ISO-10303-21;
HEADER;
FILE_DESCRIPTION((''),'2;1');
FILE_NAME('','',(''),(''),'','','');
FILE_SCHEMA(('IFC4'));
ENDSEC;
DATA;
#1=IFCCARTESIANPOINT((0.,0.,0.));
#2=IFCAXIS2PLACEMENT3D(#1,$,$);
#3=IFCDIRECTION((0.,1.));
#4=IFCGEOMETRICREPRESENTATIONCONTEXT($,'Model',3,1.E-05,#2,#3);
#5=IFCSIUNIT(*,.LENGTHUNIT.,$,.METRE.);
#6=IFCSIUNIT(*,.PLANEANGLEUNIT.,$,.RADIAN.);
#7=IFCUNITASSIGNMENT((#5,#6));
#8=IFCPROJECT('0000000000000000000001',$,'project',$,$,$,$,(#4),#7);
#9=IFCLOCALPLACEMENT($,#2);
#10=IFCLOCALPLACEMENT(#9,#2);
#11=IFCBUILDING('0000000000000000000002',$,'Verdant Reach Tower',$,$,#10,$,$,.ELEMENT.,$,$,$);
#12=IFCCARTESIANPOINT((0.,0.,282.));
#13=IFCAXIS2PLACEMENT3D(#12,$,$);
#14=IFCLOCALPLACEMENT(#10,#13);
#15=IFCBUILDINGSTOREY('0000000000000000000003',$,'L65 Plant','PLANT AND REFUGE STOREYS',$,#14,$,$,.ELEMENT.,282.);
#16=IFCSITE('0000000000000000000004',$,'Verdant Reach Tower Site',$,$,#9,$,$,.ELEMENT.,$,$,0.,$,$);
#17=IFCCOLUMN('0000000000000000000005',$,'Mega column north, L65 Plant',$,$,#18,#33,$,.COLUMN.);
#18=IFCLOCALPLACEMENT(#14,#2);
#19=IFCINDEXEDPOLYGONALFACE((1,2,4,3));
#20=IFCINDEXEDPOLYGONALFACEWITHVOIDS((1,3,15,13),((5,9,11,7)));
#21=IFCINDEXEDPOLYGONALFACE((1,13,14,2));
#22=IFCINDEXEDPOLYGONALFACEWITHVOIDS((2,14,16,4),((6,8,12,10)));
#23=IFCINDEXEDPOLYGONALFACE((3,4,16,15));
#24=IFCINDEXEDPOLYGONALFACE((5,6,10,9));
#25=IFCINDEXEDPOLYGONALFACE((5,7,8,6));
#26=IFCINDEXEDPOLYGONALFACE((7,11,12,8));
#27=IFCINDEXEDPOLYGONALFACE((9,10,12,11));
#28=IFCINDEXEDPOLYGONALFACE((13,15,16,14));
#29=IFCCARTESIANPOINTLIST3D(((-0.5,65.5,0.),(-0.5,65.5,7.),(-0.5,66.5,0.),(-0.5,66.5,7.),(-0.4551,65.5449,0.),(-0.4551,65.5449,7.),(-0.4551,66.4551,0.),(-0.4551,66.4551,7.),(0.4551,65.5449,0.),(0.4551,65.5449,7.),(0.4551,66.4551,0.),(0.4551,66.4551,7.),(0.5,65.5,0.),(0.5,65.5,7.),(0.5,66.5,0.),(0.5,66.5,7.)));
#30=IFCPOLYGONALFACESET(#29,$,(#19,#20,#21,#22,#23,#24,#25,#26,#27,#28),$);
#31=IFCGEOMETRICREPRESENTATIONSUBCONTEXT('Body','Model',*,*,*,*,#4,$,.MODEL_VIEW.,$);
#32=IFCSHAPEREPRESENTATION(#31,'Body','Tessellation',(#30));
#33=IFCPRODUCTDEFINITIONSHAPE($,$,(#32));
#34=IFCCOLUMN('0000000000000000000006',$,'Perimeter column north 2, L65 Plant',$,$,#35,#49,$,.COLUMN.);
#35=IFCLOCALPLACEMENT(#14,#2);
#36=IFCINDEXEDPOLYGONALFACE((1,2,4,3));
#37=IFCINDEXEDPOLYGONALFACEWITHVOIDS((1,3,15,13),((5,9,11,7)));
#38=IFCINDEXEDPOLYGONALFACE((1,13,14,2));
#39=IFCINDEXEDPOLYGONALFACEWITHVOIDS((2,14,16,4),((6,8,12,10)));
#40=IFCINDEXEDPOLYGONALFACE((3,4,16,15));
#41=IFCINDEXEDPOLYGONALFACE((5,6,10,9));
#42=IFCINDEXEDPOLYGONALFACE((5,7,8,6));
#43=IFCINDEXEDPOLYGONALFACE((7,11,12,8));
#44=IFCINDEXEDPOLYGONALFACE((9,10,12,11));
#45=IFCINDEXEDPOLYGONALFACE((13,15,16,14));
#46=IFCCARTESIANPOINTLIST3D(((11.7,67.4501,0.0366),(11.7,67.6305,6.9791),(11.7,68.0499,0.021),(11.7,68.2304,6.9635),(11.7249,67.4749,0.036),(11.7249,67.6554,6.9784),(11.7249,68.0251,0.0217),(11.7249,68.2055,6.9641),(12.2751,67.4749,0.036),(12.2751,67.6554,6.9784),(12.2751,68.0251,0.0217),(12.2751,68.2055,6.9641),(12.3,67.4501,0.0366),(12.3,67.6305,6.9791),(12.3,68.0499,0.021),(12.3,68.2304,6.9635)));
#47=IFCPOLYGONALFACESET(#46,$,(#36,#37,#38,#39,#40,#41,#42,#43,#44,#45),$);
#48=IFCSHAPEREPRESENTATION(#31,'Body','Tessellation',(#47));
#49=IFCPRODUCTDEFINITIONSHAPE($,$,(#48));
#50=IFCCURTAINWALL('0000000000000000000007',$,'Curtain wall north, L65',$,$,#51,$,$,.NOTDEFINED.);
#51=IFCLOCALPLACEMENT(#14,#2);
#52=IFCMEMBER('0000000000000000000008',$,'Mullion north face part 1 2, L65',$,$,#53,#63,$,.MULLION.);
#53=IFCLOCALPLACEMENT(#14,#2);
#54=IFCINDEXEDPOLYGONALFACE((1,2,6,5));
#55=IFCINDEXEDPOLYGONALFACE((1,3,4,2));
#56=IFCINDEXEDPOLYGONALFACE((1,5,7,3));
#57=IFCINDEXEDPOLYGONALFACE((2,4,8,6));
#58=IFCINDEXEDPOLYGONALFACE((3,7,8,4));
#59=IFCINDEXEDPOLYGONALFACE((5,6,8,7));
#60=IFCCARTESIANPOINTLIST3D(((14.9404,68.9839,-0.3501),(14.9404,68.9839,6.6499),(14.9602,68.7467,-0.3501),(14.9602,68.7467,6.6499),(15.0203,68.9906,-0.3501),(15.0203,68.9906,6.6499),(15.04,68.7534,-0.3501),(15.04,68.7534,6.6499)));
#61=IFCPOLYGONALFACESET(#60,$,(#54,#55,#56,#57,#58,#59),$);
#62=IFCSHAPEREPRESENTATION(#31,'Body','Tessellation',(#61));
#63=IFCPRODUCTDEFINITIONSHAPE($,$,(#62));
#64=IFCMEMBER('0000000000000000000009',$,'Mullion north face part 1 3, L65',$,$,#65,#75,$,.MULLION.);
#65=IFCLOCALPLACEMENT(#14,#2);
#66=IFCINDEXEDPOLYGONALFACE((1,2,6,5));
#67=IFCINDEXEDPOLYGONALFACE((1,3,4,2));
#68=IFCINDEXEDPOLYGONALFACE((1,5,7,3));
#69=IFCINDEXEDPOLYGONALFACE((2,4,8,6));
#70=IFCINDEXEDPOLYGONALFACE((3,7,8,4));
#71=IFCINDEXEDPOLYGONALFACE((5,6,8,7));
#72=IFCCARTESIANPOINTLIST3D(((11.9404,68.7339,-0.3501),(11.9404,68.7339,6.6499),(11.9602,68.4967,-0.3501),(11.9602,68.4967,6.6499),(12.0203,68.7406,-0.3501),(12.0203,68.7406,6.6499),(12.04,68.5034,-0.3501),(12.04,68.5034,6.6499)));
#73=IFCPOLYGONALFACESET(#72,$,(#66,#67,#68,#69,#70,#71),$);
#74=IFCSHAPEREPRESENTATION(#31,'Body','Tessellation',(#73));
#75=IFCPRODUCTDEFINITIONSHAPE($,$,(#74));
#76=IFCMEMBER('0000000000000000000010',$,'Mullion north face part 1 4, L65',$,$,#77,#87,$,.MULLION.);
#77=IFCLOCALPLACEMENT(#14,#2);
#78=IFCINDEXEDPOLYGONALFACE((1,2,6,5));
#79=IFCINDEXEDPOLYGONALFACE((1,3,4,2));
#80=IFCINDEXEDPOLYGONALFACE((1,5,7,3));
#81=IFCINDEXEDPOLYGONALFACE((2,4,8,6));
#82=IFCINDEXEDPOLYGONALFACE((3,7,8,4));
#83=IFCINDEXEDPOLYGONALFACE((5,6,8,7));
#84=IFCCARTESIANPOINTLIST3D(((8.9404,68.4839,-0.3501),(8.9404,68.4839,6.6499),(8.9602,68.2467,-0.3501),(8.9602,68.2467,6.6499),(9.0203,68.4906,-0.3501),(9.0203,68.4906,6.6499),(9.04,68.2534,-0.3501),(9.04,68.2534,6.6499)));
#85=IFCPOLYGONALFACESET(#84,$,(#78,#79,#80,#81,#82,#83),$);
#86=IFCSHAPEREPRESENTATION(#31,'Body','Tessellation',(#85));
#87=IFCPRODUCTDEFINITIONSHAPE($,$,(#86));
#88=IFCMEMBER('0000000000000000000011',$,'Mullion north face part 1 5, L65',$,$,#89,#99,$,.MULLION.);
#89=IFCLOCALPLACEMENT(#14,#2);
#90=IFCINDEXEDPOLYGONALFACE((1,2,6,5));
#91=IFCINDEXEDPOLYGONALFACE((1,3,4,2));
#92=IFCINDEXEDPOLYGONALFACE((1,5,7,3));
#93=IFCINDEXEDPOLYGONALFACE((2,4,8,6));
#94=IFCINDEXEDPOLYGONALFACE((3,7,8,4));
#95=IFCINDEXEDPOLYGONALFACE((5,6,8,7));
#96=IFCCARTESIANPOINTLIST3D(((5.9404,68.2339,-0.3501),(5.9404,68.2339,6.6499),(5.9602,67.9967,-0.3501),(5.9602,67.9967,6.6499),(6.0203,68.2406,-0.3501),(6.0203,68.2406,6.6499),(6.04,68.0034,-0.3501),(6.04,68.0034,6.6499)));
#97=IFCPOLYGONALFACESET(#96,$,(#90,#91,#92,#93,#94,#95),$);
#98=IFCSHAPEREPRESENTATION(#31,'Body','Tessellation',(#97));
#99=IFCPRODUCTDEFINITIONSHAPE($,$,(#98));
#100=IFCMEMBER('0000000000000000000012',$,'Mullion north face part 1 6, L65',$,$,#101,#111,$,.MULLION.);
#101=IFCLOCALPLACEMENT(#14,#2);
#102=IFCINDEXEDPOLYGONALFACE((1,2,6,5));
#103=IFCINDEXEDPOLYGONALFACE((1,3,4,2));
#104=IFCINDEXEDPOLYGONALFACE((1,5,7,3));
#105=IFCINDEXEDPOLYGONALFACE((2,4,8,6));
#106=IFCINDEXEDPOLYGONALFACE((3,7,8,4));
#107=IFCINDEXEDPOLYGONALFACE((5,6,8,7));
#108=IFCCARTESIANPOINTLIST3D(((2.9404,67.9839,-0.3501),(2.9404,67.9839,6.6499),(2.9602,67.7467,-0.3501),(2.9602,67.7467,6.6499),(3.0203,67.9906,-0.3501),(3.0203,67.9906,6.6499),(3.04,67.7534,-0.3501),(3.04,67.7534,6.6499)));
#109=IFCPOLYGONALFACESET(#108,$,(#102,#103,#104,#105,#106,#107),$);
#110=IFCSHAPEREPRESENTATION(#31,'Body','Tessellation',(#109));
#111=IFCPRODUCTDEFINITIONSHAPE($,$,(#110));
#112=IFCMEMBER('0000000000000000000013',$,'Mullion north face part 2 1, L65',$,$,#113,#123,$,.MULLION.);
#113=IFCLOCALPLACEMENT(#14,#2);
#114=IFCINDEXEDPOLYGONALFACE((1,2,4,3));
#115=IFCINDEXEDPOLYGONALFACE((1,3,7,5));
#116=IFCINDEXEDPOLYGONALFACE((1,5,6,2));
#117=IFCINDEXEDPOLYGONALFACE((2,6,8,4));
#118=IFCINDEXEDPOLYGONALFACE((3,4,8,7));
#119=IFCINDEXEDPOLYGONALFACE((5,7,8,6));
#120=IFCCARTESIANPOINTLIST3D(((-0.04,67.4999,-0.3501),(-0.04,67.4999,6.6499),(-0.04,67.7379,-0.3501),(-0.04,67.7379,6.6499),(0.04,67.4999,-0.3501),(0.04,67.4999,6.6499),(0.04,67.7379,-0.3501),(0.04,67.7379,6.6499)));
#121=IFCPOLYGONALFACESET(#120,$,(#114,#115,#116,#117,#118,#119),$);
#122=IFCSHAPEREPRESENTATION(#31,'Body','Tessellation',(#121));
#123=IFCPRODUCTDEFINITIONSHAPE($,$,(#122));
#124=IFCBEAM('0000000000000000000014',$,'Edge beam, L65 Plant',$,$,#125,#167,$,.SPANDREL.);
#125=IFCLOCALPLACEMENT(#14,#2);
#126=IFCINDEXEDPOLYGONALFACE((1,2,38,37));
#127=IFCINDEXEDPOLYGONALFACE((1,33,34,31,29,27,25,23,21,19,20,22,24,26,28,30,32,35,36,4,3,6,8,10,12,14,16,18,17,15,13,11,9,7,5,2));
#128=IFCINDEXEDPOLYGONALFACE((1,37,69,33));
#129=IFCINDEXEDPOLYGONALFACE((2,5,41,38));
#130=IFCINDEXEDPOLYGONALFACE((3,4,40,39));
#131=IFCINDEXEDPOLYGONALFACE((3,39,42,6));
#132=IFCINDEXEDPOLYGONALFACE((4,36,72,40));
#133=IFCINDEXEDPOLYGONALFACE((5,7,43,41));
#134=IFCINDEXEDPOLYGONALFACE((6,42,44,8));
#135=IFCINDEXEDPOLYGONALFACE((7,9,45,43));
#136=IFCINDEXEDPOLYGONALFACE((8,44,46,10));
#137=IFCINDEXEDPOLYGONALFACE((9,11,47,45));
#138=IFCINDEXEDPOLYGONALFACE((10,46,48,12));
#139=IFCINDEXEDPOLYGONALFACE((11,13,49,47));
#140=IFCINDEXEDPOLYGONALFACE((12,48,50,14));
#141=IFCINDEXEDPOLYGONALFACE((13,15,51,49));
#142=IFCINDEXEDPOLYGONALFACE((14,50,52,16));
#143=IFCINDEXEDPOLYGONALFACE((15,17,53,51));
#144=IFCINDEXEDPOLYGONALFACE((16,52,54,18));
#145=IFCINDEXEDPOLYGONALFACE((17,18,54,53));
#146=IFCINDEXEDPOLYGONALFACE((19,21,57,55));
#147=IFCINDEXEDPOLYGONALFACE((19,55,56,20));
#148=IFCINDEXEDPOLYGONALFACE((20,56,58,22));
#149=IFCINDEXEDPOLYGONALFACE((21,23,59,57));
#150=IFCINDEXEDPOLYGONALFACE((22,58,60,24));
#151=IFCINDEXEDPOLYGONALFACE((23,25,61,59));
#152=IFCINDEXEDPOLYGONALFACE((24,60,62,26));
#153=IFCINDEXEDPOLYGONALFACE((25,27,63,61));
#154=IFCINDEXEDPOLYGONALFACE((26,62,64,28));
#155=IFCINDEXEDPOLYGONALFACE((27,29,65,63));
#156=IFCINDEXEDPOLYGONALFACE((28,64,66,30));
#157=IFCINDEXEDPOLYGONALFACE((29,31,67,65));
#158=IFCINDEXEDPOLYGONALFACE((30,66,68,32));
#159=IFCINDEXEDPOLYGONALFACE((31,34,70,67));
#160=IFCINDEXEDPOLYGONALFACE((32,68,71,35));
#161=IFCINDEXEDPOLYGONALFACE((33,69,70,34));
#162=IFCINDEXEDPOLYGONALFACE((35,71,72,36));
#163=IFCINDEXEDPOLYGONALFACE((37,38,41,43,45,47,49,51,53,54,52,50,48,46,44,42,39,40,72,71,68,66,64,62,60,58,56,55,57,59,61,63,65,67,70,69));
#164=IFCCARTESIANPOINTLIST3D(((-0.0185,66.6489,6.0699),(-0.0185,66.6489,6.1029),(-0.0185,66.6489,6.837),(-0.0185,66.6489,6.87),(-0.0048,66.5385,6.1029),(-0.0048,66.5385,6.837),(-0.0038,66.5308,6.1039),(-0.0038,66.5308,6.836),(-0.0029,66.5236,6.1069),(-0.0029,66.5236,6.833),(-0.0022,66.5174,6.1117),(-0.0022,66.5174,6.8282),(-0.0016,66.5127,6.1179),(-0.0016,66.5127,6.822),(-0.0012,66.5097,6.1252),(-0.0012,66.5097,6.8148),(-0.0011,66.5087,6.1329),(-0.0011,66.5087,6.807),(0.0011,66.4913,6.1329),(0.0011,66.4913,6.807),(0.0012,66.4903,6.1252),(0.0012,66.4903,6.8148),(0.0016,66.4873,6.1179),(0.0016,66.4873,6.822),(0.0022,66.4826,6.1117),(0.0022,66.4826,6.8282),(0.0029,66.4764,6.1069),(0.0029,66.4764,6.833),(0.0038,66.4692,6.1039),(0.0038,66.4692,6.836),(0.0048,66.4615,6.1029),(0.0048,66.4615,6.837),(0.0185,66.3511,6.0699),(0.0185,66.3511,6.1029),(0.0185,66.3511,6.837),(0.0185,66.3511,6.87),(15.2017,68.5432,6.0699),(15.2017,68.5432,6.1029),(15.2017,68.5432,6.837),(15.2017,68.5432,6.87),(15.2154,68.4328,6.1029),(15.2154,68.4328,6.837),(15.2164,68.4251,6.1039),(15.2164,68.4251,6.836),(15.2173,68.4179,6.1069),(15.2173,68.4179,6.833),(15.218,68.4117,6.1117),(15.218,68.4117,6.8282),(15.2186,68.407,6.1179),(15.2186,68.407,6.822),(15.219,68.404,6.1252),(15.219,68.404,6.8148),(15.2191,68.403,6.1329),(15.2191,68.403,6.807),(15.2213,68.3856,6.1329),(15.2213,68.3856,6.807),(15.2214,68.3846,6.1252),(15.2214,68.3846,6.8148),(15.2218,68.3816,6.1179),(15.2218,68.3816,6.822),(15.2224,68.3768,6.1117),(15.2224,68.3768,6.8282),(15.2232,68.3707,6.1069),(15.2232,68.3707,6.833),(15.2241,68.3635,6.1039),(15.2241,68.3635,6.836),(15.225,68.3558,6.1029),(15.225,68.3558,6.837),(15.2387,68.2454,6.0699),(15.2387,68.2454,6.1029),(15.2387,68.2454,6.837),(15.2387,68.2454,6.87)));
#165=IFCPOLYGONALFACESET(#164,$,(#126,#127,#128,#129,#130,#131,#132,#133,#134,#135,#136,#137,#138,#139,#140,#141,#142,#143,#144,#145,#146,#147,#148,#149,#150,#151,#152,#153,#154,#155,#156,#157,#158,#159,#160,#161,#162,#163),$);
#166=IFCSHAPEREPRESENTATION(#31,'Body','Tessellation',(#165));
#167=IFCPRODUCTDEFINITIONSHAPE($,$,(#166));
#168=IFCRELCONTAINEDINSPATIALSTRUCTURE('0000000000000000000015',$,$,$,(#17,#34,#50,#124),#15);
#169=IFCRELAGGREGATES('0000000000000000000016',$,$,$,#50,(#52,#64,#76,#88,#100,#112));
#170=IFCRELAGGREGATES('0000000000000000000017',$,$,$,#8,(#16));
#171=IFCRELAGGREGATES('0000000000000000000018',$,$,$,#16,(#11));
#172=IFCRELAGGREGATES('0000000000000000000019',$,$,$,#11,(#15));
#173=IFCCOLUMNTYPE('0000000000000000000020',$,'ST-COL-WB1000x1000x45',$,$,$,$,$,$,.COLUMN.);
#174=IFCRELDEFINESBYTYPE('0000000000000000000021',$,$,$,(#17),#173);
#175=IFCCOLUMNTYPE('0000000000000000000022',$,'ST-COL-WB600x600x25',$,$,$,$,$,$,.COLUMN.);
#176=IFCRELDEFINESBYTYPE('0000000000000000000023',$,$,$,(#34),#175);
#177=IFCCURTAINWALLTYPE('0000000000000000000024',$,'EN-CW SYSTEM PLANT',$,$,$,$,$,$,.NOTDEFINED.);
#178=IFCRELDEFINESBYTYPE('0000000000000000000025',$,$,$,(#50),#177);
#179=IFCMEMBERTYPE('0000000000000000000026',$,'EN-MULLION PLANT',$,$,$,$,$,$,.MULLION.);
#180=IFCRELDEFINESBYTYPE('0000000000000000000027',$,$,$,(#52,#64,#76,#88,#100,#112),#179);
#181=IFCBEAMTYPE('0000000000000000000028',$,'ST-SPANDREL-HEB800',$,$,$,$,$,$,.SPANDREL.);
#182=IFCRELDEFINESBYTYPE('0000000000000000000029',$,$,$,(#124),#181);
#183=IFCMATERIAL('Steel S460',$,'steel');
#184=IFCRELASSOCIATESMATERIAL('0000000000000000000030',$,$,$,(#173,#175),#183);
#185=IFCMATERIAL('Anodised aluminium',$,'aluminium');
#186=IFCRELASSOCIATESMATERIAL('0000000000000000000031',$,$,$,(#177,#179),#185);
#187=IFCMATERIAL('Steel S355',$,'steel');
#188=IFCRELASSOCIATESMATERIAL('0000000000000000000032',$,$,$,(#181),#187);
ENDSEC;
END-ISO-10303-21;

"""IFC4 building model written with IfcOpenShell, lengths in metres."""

from ifc_helpers import new_model, si_unit, direction, frame, origin, origin_2d, place, context, subcontext, project, spatial, rectangle, hollow_rectangle, i_section, extrude, material, material_profile, profile_set, type_object, element, aggregate, save


model = new_model("IFC4")

# Units and contexts
model_context = context("Model", 3, precision=1e-05, world=origin(), true_north=direction((0.0, 1.0)))
body_context = subcontext(model_context, "Body", "Model", "MODEL_VIEW")
ifc_project = project(units=[si_unit("LENGTHUNIT", "METRE"), si_unit("PLANEANGLEUNIT", "RADIAN")], contexts=[model_context])

# Site, building, storey
site_placement = place(None, origin())
site = spatial("IfcSite", under=ifc_project, at=site_placement, Name="Verdant Reach Tower Site", CompositionType="ELEMENT", RefElevation=0.0)
building_placement = place(site_placement, origin())
building = spatial("IfcBuilding", under=site, at=building_placement, Name="Verdant Reach Tower", CompositionType="ELEMENT")
storey_placement = place(building_placement, frame((0.0, 0.0, 282.0)))
storey = spatial("IfcBuildingStorey", under=building, at=storey_placement, Name="L65 Plant", Description="PLANT AND REFUGE STOREYS", CompositionType="ELEMENT", Elevation=282.0)

# Columns
ifc_material_1 = material(Name="Steel S460", Category="steel")
ifc_material_profile_1 = material_profile(ifc_material_1, hollow_rectangle(XDim=1.0, YDim=1.0, WallThickness=0.0449, at=origin_2d()), Name="WB 1000x1000x45")
ifc_profile_set_1 = profile_set([ifc_material_profile_1], Name="Steel S460")
column_type_1 = type_object("IfcColumnType", Name="ST-COL-WB1000x1000x45", PredefinedType="COLUMN", material=ifc_profile_set_1)
column_1_placement = place(storey_placement, frame((0.0, 66.0, 0.0), z_axis=(0.0, 0.0, 1.0), x_axis=(1.0, 0.0, 0.0)))
element("IfcColumn", 1, at=column_1_placement, inside=storey, type_object=column_type_1, Name="Mega column north, L65 Plant", PredefinedType="COLUMN", context=body_context, shape_type="SweptSolid", body=[
    extrude(hollow_rectangle(XDim=1.0, YDim=1.0, WallThickness=0.0449, at=origin_2d()), origin(), (0.0, 0.0, 1.0), 7.0),
])
ifc_material_profile_2 = material_profile(ifc_material_1, hollow_rectangle(XDim=0.6001, YDim=0.6001, WallThickness=0.0249, at=origin_2d()), Name="WB 600x600x25")
ifc_profile_set_2 = profile_set([ifc_material_profile_2], Name="Steel S460")
column_type_2 = type_object("IfcColumnType", Name="ST-COL-WB600x600x25", PredefinedType="COLUMN", material=ifc_profile_set_2)
column_2_placement = place(storey_placement, frame((12.0, 67.75, 0.0288), z_axis=(0.0, 0.025979, 0.999662), x_axis=(-1.0, 0.0, 0.0)))
element("IfcColumn", 2, at=column_2_placement, inside=storey, type_object=column_type_2, Name="Perimeter column north 2, L65 Plant", PredefinedType="COLUMN", context=body_context, shape_type="SweptSolid", body=[
    extrude(hollow_rectangle(XDim=0.6001, YDim=0.6001, WallThickness=0.0249, at=origin_2d()), origin(), (0.0, 0.0, 1.0), 6.9448),
])

# Curtain wall, members
ifc_material_2 = material(Name="Anodised aluminium", Category="aluminium")
curtain_wall_type = type_object("IfcCurtainWallType", Name="EN-CW SYSTEM PLANT", PredefinedType="NOTDEFINED", material=ifc_material_2)
curtain_wall_placement = place(storey_placement, origin())
curtain_wall = element("IfcCurtainWall", 3, at=curtain_wall_placement, inside=storey, type_object=curtain_wall_type, Name="Curtain wall north, L65", PredefinedType="NOTDEFINED")
ifc_material_profile_3 = material_profile(ifc_material_2, rectangle(XDim=0.238, YDim=0.0801, at=origin_2d()), Name="Mullion 80x240")
ifc_profile_set_3 = profile_set([ifc_material_profile_3], Name="Anodised aluminium")
member_type_1 = type_object("IfcMemberType", Name="EN-MULLION PLANT", PredefinedType="MULLION", material=ifc_profile_set_3)
member_1_placement = place(storey_placement, frame((14.9902, 68.8687, -0.3501), z_axis=(0.0, 0.0, 1.0), x_axis=(-0.083045, 0.996546, 0.0)))
member_1 = element("IfcMember", 4, at=member_1_placement, type_object=member_type_1, Name="Mullion north face part 1 2, L65", PredefinedType="MULLION", context=body_context, shape_type="SweptSolid", body=[
    extrude(rectangle(XDim=0.238, YDim=0.0801, at=origin_2d()), origin(), (0.0, 0.0, 1.0), 7.0),
])
member_2_placement = place(storey_placement, frame((11.9902, 68.6187, -0.3501), z_axis=(0.0, 0.0, 1.0), x_axis=(-0.083045, 0.996546, 0.0)))
member_2 = element("IfcMember", 5, at=member_2_placement, type_object=member_type_1, Name="Mullion north face part 1 3, L65", PredefinedType="MULLION", context=body_context, shape_type="SweptSolid", body=[
    extrude(rectangle(XDim=0.238, YDim=0.0801, at=origin_2d()), origin(), (0.0, 0.0, 1.0), 7.0),
])
member_3_placement = place(storey_placement, frame((8.9902, 68.3687, -0.3501), z_axis=(0.0, 0.0, 1.0), x_axis=(-0.083045, 0.996546, 0.0)))
member_3 = element("IfcMember", 6, at=member_3_placement, type_object=member_type_1, Name="Mullion north face part 1 4, L65", PredefinedType="MULLION", context=body_context, shape_type="SweptSolid", body=[
    extrude(rectangle(XDim=0.238, YDim=0.0801, at=origin_2d()), origin(), (0.0, 0.0, 1.0), 7.0),
])
member_4_placement = place(storey_placement, frame((5.9902, 68.1187, -0.3501), z_axis=(0.0, 0.0, 1.0), x_axis=(-0.083045, 0.996546, 0.0)))
member_4 = element("IfcMember", 7, at=member_4_placement, type_object=member_type_1, Name="Mullion north face part 1 5, L65", PredefinedType="MULLION", context=body_context, shape_type="SweptSolid", body=[
    extrude(rectangle(XDim=0.238, YDim=0.0801, at=origin_2d()), origin(), (0.0, 0.0, 1.0), 7.0),
])
member_5_placement = place(storey_placement, frame((2.9902, 67.8687, -0.3501), z_axis=(0.0, 0.0, 1.0), x_axis=(-0.083045, 0.996546, 0.0)))
member_5 = element("IfcMember", 8, at=member_5_placement, type_object=member_type_1, Name="Mullion north face part 1 6, L65", PredefinedType="MULLION", context=body_context, shape_type="SweptSolid", body=[
    extrude(rectangle(XDim=0.238, YDim=0.0801, at=origin_2d()), origin(), (0.0, 0.0, 1.0), 7.0),
])
member_6_placement = place(storey_placement, frame((0.0, 67.6189, -0.3501), z_axis=(0.0, 0.0, 1.0), x_axis=(0.0, 1.0, 0.0)))
member_6 = element("IfcMember", 9, at=member_6_placement, type_object=member_type_1, Name="Mullion north face part 2 1, L65", PredefinedType="MULLION", context=body_context, shape_type="SweptSolid", body=[
    extrude(rectangle(XDim=0.238, YDim=0.0801, at=origin_2d()), origin(), (0.0, 0.0, 1.0), 7.0),
])

# Beam
ifc_material_3 = material(Name="Steel S355", Category="steel")
ifc_material_profile_4 = material_profile(ifc_material_3, i_section(OverallWidth=0.3, OverallDepth=0.8, WebThickness=0.0176, FlangeThickness=0.033, FilletRadius=0.03, at=origin_2d()), Name="HEB 800")
ifc_profile_set_4 = profile_set([ifc_material_profile_4], Name="Steel S355")
beam_type = type_object("IfcBeamType", Name="ST-SPANDREL-HEB800", PredefinedType="SPANDREL", material=ifc_profile_set_4)
beam_placement = place(storey_placement, frame((0.0, 66.5, 6.47), z_axis=(0.992344, 0.123506, 0.0), x_axis=(-0.123506, 0.992344, 0.0)))
element("IfcBeam", 10, at=beam_placement, inside=storey, type_object=beam_type, Name="Edge beam, L65 Plant", PredefinedType="SPANDREL", context=body_context, shape_type="SweptSolid", body=[
    extrude(i_section(OverallWidth=0.3, OverallDepth=0.8, WebThickness=0.0176, FlangeThickness=0.033, FilletRadius=0.03, at=origin_2d()), origin(), (0.0, 0.0, 1.0), 15.3376),
])

aggregate(curtain_wall, [member_1, member_2, member_3, member_4, member_5, member_6])

save(model, "model.ifc")
